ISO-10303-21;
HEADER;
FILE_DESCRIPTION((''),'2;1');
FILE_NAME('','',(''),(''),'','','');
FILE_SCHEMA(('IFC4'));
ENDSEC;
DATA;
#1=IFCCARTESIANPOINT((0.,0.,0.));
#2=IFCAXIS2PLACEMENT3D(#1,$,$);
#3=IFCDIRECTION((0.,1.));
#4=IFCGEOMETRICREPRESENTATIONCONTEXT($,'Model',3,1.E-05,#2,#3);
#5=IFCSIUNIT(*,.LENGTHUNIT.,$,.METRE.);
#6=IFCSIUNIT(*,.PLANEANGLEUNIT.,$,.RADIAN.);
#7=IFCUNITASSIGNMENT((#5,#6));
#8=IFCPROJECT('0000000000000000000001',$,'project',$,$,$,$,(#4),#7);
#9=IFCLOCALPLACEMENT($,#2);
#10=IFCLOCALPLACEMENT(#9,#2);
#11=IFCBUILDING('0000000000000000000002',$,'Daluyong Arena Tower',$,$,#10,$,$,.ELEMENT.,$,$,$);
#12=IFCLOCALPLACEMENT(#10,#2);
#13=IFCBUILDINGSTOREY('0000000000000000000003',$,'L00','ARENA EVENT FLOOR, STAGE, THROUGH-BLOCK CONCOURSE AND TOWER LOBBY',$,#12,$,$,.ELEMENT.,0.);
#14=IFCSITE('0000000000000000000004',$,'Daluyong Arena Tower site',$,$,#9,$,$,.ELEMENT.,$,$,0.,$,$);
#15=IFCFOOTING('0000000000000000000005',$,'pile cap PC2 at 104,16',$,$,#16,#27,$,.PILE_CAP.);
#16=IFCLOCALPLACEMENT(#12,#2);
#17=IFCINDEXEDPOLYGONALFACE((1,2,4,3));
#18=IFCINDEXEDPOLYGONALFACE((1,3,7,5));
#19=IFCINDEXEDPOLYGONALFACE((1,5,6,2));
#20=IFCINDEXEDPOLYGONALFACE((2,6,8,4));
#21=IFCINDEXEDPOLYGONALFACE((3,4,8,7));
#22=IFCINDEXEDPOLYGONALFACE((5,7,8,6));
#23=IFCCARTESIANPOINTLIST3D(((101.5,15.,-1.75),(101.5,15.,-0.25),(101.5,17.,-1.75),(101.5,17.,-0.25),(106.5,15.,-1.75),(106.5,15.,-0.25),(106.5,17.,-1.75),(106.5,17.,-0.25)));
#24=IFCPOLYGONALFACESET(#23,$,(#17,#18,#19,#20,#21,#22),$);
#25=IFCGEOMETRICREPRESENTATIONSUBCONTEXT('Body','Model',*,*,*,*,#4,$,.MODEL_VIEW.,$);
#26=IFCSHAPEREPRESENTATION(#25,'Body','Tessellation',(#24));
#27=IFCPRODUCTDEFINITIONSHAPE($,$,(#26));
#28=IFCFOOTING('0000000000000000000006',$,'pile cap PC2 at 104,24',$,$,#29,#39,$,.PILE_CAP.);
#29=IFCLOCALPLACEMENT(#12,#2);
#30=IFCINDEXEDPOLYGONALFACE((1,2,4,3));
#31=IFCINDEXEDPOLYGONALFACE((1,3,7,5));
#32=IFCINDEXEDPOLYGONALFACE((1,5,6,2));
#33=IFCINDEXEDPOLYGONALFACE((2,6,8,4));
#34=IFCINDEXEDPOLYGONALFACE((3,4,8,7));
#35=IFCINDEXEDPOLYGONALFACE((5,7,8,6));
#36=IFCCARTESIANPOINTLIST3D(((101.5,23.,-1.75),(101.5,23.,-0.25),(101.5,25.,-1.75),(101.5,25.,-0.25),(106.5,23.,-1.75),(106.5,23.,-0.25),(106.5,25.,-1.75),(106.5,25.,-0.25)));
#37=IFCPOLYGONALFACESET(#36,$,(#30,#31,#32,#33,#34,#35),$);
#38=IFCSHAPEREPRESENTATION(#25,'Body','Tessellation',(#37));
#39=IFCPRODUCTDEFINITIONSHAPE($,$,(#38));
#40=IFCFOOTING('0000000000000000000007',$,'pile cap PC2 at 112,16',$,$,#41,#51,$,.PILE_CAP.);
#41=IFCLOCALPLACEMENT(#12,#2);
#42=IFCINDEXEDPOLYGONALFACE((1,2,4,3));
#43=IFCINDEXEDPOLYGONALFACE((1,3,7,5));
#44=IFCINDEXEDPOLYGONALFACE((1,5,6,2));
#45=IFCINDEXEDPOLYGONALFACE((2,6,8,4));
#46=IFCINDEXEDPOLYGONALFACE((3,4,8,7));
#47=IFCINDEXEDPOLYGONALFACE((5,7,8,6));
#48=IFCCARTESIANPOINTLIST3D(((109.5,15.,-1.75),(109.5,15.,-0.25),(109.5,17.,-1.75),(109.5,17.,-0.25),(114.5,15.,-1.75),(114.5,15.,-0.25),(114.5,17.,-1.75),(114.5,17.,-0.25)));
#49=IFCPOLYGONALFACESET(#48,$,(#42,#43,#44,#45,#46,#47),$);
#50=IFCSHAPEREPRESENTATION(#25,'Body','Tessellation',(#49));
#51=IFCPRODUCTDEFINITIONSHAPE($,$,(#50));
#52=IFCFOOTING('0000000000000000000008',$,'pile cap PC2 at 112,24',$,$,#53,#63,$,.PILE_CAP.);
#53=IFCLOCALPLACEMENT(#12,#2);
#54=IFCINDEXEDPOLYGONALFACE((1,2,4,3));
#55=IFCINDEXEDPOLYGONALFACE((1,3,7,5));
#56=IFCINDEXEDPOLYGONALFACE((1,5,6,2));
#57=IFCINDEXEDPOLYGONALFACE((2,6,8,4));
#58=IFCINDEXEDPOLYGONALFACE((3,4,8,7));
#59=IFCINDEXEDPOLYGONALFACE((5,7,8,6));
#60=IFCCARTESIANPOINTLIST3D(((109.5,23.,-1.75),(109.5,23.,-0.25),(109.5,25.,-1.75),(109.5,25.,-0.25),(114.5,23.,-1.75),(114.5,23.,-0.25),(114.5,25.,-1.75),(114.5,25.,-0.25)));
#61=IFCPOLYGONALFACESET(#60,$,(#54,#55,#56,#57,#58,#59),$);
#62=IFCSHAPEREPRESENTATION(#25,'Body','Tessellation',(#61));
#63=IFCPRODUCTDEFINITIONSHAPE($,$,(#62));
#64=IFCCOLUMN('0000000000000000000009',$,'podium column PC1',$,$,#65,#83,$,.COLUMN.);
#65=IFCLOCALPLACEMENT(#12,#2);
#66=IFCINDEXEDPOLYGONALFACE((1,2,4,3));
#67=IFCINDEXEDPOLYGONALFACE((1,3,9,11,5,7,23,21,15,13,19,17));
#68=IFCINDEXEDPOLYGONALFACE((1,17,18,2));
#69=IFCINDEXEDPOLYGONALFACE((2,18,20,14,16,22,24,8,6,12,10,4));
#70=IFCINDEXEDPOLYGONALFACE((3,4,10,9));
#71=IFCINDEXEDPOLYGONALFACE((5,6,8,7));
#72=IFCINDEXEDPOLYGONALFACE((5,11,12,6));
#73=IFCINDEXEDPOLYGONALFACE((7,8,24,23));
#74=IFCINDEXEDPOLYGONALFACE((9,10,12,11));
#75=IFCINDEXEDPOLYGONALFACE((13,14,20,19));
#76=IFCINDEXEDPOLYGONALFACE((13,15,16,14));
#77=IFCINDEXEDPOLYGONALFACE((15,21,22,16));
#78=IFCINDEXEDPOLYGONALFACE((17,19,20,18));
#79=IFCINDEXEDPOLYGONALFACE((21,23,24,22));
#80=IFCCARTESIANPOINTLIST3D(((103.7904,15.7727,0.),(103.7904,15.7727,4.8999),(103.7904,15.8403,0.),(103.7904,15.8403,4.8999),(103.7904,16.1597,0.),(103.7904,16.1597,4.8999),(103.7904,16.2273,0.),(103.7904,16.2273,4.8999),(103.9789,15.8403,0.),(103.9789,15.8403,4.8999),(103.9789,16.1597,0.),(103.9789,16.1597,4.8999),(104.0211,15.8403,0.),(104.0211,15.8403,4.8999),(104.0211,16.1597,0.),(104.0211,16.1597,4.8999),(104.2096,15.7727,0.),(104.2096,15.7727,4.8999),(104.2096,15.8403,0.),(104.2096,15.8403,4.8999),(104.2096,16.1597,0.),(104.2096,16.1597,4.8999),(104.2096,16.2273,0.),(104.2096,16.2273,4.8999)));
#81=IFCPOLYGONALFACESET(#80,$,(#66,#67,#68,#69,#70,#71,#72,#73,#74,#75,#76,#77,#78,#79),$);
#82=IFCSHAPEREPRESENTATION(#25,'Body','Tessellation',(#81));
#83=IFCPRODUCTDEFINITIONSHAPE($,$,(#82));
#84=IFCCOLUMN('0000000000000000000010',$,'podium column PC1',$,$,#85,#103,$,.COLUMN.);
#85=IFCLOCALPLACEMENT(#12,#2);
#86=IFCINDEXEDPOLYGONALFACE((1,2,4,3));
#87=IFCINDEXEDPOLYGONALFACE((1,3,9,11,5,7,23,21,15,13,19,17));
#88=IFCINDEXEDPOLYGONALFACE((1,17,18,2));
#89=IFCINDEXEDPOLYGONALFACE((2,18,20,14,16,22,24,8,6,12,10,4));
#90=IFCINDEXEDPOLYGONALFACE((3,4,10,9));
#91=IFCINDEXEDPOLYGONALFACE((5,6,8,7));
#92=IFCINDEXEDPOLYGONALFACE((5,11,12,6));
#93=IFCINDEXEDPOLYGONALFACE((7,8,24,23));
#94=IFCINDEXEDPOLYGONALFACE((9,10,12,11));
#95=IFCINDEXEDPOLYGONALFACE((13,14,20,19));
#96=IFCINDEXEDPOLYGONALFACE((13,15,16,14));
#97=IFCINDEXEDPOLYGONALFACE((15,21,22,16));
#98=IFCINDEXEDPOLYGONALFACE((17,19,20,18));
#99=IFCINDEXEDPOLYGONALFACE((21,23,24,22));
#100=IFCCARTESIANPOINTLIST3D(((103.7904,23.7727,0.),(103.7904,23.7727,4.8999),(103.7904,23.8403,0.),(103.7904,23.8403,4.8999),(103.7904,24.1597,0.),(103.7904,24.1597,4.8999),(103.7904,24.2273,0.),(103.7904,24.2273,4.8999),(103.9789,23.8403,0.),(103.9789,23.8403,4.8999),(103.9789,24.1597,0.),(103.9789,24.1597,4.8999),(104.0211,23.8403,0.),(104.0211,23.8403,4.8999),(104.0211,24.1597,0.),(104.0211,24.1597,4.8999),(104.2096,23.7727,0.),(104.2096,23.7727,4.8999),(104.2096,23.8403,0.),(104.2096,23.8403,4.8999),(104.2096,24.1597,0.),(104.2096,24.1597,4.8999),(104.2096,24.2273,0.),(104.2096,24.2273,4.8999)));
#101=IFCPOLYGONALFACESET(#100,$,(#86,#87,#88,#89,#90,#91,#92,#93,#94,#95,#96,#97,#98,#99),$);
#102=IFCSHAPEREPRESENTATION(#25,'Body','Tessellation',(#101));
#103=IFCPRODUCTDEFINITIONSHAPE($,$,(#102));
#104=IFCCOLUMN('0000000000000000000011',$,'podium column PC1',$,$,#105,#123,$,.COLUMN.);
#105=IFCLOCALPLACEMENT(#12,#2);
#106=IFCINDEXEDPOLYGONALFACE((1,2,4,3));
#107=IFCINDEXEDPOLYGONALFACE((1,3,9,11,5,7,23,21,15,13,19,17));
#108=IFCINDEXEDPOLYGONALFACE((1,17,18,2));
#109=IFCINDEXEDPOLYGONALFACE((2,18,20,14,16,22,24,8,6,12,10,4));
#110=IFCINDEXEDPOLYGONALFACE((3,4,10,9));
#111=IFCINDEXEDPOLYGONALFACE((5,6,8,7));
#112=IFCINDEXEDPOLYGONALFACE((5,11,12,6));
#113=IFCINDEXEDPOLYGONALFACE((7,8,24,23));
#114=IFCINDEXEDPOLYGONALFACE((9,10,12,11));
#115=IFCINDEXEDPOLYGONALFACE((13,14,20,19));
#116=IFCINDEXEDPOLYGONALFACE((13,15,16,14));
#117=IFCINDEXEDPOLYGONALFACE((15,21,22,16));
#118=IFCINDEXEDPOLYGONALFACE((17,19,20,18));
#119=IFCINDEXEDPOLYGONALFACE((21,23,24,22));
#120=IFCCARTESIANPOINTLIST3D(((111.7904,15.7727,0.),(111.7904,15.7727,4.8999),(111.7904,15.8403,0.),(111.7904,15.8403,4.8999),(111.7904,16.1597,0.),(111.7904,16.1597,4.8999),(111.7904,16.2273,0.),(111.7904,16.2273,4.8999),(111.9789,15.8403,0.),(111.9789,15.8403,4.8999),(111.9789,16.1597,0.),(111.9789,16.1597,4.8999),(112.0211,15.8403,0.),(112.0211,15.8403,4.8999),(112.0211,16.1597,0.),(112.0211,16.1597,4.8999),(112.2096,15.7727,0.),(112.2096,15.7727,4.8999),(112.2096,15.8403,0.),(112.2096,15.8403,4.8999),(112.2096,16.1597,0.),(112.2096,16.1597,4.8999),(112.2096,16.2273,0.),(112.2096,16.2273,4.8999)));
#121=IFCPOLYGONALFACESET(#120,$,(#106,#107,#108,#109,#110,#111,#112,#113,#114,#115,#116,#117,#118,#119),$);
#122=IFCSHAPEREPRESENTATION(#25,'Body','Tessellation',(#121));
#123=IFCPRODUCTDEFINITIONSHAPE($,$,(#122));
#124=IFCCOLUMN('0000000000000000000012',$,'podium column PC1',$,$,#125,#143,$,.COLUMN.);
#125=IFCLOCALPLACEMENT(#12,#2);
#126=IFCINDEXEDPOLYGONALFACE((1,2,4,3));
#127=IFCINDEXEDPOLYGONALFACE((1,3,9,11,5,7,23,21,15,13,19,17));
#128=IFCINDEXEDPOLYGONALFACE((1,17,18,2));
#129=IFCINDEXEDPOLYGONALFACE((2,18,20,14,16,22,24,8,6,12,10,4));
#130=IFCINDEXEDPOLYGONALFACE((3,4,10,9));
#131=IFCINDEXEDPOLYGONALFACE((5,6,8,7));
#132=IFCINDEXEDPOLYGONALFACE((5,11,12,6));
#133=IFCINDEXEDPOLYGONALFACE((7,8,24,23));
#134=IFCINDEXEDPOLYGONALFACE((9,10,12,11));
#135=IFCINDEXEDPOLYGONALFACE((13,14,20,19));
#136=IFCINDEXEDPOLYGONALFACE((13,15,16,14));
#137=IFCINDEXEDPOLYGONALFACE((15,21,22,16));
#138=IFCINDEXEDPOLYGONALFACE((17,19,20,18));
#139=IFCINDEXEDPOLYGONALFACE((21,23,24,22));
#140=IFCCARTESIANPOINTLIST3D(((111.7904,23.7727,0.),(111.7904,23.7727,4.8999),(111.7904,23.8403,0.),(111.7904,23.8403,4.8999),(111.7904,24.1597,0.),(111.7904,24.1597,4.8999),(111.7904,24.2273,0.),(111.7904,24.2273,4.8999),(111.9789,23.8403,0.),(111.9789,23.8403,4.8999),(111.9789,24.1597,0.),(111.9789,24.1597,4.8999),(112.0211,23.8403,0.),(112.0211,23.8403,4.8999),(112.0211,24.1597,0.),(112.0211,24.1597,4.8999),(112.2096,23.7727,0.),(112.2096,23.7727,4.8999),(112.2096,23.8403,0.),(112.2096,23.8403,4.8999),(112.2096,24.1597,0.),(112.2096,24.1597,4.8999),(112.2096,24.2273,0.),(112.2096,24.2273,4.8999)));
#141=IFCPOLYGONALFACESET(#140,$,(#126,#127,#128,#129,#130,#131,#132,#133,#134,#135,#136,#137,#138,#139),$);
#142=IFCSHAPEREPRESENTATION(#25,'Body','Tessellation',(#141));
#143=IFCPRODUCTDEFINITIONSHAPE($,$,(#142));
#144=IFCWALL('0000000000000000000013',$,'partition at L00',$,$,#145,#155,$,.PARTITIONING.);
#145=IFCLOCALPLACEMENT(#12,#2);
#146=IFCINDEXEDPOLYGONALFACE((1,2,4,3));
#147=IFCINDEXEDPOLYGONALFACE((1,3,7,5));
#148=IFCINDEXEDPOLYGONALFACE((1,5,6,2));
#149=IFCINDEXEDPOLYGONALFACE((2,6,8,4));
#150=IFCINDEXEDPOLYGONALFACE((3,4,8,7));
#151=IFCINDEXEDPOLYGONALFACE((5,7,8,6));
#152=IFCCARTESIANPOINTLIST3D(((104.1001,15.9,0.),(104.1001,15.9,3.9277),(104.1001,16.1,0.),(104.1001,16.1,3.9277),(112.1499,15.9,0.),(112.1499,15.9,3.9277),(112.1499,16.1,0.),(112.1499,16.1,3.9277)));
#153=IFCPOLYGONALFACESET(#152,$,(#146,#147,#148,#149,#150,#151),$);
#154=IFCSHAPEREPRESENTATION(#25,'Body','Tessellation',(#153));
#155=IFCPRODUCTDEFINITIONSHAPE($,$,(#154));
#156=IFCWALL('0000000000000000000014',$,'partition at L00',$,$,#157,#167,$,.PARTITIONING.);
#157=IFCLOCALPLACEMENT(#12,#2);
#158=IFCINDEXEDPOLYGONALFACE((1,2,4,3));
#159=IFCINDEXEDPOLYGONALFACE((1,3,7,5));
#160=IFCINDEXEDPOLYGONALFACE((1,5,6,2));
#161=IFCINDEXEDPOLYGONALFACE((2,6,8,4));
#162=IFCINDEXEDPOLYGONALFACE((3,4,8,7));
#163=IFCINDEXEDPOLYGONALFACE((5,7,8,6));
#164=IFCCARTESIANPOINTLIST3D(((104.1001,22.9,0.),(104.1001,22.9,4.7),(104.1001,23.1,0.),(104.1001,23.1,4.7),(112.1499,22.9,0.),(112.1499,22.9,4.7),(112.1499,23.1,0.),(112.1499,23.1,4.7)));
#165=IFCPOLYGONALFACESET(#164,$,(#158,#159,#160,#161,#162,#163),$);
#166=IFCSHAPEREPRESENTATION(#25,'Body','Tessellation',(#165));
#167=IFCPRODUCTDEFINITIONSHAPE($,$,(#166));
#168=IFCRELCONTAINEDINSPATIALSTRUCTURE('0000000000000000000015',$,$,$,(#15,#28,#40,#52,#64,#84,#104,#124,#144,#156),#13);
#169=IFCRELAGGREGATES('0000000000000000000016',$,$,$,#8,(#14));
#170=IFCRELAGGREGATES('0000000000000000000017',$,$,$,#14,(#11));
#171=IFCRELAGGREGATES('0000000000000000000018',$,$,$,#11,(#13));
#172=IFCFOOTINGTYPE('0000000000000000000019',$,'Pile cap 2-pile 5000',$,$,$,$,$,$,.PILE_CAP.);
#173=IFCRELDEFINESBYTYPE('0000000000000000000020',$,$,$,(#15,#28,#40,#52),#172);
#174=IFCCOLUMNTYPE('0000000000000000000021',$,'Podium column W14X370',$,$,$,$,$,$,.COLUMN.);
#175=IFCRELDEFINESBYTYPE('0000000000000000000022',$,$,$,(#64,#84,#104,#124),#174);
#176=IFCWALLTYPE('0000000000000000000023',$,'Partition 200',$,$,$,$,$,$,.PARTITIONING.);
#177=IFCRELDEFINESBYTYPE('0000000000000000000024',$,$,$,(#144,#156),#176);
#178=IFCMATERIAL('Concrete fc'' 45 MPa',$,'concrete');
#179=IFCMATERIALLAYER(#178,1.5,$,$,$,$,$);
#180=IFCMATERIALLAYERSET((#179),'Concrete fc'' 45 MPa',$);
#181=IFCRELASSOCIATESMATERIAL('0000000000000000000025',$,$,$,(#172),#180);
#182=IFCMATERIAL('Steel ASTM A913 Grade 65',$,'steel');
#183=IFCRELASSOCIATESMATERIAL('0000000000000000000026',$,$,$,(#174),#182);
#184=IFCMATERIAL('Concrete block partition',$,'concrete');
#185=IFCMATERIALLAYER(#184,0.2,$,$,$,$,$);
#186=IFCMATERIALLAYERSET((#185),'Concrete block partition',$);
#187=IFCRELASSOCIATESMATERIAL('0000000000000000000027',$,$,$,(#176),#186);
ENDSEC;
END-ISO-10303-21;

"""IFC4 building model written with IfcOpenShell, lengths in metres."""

from ifc_helpers import new_model, si_unit, direction, frame, frame_2d, origin, origin_2d, place, context, subcontext, project, spatial, rectangle, i_section, extrude, material, layer, layer_set, material_profile, profile_set, type_object, element, save


model = new_model("IFC4")

# Units and contexts
model_context = context("Model", 3, precision=1e-05, world=origin(), true_north=direction((0.0, 1.0)))
body_context = subcontext(model_context, "Body", "Model", "MODEL_VIEW")
ifc_project = project(units=[si_unit("LENGTHUNIT", "METRE"), si_unit("PLANEANGLEUNIT", "RADIAN")], contexts=[model_context])

# Site, building, storey
site_placement = place(None, origin())
site = spatial("IfcSite", under=ifc_project, at=site_placement, Name="Daluyong Arena Tower site", CompositionType="ELEMENT", RefElevation=0.0)
building_placement = place(site_placement, origin())
building = spatial("IfcBuilding", under=site, at=building_placement, Name="Daluyong Arena Tower", CompositionType="ELEMENT")
storey_placement = place(building_placement, origin())
storey = spatial("IfcBuildingStorey", under=building, at=storey_placement, Name="L00", Description="ARENA EVENT FLOOR, STAGE, THROUGH-BLOCK CONCOURSE AND TOWER LOBBY", CompositionType="ELEMENT", Elevation=0.0)

# Footings
ifc_material_1 = material(Name="Concrete fc' 45 MPa", Category="concrete")
ifc_layer_1 = layer(ifc_material_1, 1.5)
ifc_layer_set_1 = layer_set([ifc_layer_1], Name="Concrete fc' 45 MPa")
footing_type = type_object("IfcFootingType", Name="Pile cap 2-pile 5000", PredefinedType="PILE_CAP", material=ifc_layer_set_1)
for number, where, z_axis, x_axis, name in (
    (1, (104.0, 16.0, -1.75), (0.0, 0.0, 1.0), (1.0, 0.0, 0.0), "pile cap PC2 at 104,16"),
    (2, (104.0, 24.0, -1.75), (0.0, 0.0, 1.0), (1.0, 0.0, 0.0), "pile cap PC2 at 104,24"),
    (3, (112.0, 16.0, -1.75), (0.0, 0.0, 1.0), (1.0, 0.0, 0.0), "pile cap PC2 at 112,16"),
    (4, (112.0, 24.0, -1.75), (0.0, 0.0, 1.0), (1.0, 0.0, 0.0), "pile cap PC2 at 112,24"),
):
    element("IfcFooting", number, at=place(storey_placement, frame(where, z_axis=z_axis, x_axis=x_axis)), inside=storey, type_object=footing_type, Name=name, PredefinedType="PILE_CAP", context=body_context, shape_type="SweptSolid", body=[
        extrude(rectangle(XDim=5.0, YDim=2.0, at=origin_2d()), origin(), (0.0, 0.0, 1.0), 1.5),
    ])

# Columns
ifc_material_2 = material(Name="Steel ASTM A913 Grade 65", Category="steel")
ifc_material_profile = material_profile(ifc_material_2, i_section(OverallWidth=0.4192, OverallDepth=0.4546, WebThickness=0.0422, FlangeThickness=0.0676, at=origin_2d()))
ifc_profile_set = profile_set([ifc_material_profile], Name="Steel ASTM A913 Grade 65")
column_type = type_object("IfcColumnType", Name="Podium column W14X370", PredefinedType="COLUMN", material=ifc_profile_set)
for number, where, z_axis, x_axis, name in (
    (5, (104.0, 16.0, 0.0), (0.0, 0.0, 1.0), (1.0, 0.0, 0.0), "podium column PC1"),
    (6, (104.0, 24.0, 0.0), (0.0, 0.0, 1.0), (1.0, 0.0, 0.0), "podium column PC1"),
    (7, (112.0, 16.0, 0.0), (0.0, 0.0, 1.0), (1.0, 0.0, 0.0), "podium column PC1"),
    (8, (112.0, 24.0, 0.0), (0.0, 0.0, 1.0), (1.0, 0.0, 0.0), "podium column PC1"),
):
    element("IfcColumn", number, at=place(storey_placement, frame(where, z_axis=z_axis, x_axis=x_axis)), inside=storey, type_object=column_type, Name=name, PredefinedType="COLUMN", context=body_context, shape_type="SweptSolid", body=[
        extrude(i_section(OverallWidth=0.4192, OverallDepth=0.4546, WebThickness=0.0422, FlangeThickness=0.0676, at=origin_2d()), origin(), (0.0, 0.0, 1.0), 4.8999),
    ])

# Walls
ifc_material_3 = material(Name="Concrete block partition", Category="concrete")
ifc_layer_2 = layer(ifc_material_3, 0.2)
ifc_layer_set_2 = layer_set([ifc_layer_2], Name="Concrete block partition")
wall_type = type_object("IfcWallType", Name="Partition 200", PredefinedType="PARTITIONING", material=ifc_layer_set_2)
wall_1_placement = place(storey_placement, frame((104.1001, 16.0, 0.0), z_axis=(0.0, 0.0, 1.0), x_axis=(1.0, 0.0, 0.0)))
element("IfcWall", 9, at=wall_1_placement, inside=storey, type_object=wall_type, Name="partition at L00", PredefinedType="PARTITIONING", context=body_context, shape_type="SweptSolid", body=[
    extrude(rectangle(XDim=8.0498, YDim=0.2, at=frame_2d((4.0249, 0.0))), origin(), (0.0, 0.0, 1.0), 3.9277),
])
wall_2_placement = place(storey_placement, frame((104.1001, 23.0, 0.0), z_axis=(0.0, 0.0, 1.0), x_axis=(1.0, 0.0, 0.0)))
element("IfcWall", 10, at=wall_2_placement, inside=storey, type_object=wall_type, Name="partition at L00", PredefinedType="PARTITIONING", context=body_context, shape_type="SweptSolid", body=[
    extrude(rectangle(XDim=8.0498, YDim=0.2, at=frame_2d((4.0249, 0.0))), origin(), (0.0, 0.0, 1.0), 4.7),
])

save(model, "model.ifc")
